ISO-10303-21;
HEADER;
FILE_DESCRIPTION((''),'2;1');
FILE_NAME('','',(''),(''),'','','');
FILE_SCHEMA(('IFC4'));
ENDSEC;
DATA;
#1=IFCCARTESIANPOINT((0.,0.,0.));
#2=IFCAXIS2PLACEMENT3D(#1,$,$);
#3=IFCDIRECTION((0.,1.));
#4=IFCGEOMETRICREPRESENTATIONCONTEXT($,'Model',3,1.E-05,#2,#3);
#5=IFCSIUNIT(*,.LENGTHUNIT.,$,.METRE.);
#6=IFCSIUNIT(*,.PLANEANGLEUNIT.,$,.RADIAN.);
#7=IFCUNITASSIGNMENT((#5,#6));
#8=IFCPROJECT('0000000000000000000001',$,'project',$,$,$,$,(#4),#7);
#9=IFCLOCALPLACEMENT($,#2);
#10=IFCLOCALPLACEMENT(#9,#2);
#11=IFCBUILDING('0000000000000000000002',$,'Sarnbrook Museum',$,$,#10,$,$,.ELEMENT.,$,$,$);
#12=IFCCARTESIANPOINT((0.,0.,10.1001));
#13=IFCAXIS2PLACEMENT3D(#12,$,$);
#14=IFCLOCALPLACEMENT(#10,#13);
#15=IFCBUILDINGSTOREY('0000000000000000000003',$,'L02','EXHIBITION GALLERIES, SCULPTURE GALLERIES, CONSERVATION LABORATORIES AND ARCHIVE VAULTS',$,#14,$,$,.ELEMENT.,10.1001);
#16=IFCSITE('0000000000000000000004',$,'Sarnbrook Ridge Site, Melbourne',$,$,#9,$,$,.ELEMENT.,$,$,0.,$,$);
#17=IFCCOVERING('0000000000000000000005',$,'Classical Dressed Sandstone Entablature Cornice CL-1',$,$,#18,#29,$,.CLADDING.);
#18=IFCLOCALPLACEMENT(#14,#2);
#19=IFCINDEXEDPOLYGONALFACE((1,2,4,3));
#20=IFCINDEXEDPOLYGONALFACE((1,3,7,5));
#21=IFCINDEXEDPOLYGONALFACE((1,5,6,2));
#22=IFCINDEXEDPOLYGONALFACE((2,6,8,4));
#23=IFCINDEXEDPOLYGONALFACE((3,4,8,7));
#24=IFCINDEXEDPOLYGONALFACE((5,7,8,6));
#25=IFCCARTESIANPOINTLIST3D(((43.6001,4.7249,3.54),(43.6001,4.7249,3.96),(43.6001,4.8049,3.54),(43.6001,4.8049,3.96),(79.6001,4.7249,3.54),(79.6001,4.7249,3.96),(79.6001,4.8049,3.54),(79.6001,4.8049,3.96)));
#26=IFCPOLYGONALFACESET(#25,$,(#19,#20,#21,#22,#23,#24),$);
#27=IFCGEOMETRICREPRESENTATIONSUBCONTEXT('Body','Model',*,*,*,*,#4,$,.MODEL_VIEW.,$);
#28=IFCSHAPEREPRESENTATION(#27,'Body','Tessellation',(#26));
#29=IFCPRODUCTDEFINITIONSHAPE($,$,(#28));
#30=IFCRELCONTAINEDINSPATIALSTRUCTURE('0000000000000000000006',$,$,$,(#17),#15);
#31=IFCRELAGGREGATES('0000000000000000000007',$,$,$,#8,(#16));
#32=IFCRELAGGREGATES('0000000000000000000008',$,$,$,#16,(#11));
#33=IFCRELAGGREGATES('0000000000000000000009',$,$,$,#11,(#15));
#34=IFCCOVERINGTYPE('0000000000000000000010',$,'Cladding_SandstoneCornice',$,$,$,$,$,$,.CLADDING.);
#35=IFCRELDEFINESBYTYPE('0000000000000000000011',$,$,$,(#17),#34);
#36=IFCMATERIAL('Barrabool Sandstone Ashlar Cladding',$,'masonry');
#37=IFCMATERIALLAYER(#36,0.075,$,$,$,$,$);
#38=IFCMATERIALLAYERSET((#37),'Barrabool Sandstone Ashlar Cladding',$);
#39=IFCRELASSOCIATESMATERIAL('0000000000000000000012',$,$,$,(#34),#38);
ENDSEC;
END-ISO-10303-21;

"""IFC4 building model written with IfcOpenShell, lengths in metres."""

from ifc_helpers import new_model, si_unit, direction, frame, origin, origin_2d, place, context, subcontext, project, spatial, rectangle, extrude, material, layer, layer_set, type_object, element, save


model = new_model("IFC4")

# Units and contexts
model_context = context("Model", 3, precision=1e-05, world=origin(), true_north=direction((0.0, 1.0)))
body_context = subcontext(model_context, "Body", "Model", "MODEL_VIEW")
ifc_project = project(units=[si_unit("LENGTHUNIT", "METRE"), si_unit("PLANEANGLEUNIT", "RADIAN")], contexts=[model_context])

# Site, building, storey
site_placement = place(None, origin())
site = spatial("IfcSite", under=ifc_project, at=site_placement, Name="Sarnbrook Ridge Site, Melbourne", CompositionType="ELEMENT", RefElevation=0.0)
building_placement = place(site_placement, origin())
building = spatial("IfcBuilding", under=site, at=building_placement, Name="Sarnbrook Museum", CompositionType="ELEMENT")
storey_placement = place(building_placement, frame((0.0, 0.0, 10.1001)))
storey = spatial("IfcBuildingStorey", under=building, at=storey_placement, Name="L02", Description="EXHIBITION GALLERIES, SCULPTURE GALLERIES, CONSERVATION LABORATORIES AND ARCHIVE VAULTS", CompositionType="ELEMENT", Elevation=10.1001)

# Covering
ifc_material_1 = material(Name="Barrabool Sandstone Ashlar Cladding", Category="masonry")
ifc_layer_1 = layer(ifc_material_1, 0.075)
ifc_layer_set_1 = layer_set([ifc_layer_1], Name="Barrabool Sandstone Ashlar Cladding")
covering_type = type_object("IfcCoveringType", Name="Cladding_SandstoneCornice", PredefinedType="CLADDING", material=ifc_layer_set_1)
covering_placement = place(storey_placement, frame((61.6001, 4.7649, 3.54), z_axis=(0.0, 0.0, 1.0), x_axis=(1.0, 0.0, 0.0)))
element("IfcCovering", 1, at=covering_placement, inside=storey, type_object=covering_type, Name="Classical Dressed Sandstone Entablature Cornice CL-1", PredefinedType="CLADDING", context=body_context, shape_type="SweptSolid", body=[
    extrude(rectangle(XDim=36.0, YDim=0.0801, at=origin_2d()), origin(), (0.0, 0.0, 1.0), 0.4199),
])

save(model, "model.ifc")
